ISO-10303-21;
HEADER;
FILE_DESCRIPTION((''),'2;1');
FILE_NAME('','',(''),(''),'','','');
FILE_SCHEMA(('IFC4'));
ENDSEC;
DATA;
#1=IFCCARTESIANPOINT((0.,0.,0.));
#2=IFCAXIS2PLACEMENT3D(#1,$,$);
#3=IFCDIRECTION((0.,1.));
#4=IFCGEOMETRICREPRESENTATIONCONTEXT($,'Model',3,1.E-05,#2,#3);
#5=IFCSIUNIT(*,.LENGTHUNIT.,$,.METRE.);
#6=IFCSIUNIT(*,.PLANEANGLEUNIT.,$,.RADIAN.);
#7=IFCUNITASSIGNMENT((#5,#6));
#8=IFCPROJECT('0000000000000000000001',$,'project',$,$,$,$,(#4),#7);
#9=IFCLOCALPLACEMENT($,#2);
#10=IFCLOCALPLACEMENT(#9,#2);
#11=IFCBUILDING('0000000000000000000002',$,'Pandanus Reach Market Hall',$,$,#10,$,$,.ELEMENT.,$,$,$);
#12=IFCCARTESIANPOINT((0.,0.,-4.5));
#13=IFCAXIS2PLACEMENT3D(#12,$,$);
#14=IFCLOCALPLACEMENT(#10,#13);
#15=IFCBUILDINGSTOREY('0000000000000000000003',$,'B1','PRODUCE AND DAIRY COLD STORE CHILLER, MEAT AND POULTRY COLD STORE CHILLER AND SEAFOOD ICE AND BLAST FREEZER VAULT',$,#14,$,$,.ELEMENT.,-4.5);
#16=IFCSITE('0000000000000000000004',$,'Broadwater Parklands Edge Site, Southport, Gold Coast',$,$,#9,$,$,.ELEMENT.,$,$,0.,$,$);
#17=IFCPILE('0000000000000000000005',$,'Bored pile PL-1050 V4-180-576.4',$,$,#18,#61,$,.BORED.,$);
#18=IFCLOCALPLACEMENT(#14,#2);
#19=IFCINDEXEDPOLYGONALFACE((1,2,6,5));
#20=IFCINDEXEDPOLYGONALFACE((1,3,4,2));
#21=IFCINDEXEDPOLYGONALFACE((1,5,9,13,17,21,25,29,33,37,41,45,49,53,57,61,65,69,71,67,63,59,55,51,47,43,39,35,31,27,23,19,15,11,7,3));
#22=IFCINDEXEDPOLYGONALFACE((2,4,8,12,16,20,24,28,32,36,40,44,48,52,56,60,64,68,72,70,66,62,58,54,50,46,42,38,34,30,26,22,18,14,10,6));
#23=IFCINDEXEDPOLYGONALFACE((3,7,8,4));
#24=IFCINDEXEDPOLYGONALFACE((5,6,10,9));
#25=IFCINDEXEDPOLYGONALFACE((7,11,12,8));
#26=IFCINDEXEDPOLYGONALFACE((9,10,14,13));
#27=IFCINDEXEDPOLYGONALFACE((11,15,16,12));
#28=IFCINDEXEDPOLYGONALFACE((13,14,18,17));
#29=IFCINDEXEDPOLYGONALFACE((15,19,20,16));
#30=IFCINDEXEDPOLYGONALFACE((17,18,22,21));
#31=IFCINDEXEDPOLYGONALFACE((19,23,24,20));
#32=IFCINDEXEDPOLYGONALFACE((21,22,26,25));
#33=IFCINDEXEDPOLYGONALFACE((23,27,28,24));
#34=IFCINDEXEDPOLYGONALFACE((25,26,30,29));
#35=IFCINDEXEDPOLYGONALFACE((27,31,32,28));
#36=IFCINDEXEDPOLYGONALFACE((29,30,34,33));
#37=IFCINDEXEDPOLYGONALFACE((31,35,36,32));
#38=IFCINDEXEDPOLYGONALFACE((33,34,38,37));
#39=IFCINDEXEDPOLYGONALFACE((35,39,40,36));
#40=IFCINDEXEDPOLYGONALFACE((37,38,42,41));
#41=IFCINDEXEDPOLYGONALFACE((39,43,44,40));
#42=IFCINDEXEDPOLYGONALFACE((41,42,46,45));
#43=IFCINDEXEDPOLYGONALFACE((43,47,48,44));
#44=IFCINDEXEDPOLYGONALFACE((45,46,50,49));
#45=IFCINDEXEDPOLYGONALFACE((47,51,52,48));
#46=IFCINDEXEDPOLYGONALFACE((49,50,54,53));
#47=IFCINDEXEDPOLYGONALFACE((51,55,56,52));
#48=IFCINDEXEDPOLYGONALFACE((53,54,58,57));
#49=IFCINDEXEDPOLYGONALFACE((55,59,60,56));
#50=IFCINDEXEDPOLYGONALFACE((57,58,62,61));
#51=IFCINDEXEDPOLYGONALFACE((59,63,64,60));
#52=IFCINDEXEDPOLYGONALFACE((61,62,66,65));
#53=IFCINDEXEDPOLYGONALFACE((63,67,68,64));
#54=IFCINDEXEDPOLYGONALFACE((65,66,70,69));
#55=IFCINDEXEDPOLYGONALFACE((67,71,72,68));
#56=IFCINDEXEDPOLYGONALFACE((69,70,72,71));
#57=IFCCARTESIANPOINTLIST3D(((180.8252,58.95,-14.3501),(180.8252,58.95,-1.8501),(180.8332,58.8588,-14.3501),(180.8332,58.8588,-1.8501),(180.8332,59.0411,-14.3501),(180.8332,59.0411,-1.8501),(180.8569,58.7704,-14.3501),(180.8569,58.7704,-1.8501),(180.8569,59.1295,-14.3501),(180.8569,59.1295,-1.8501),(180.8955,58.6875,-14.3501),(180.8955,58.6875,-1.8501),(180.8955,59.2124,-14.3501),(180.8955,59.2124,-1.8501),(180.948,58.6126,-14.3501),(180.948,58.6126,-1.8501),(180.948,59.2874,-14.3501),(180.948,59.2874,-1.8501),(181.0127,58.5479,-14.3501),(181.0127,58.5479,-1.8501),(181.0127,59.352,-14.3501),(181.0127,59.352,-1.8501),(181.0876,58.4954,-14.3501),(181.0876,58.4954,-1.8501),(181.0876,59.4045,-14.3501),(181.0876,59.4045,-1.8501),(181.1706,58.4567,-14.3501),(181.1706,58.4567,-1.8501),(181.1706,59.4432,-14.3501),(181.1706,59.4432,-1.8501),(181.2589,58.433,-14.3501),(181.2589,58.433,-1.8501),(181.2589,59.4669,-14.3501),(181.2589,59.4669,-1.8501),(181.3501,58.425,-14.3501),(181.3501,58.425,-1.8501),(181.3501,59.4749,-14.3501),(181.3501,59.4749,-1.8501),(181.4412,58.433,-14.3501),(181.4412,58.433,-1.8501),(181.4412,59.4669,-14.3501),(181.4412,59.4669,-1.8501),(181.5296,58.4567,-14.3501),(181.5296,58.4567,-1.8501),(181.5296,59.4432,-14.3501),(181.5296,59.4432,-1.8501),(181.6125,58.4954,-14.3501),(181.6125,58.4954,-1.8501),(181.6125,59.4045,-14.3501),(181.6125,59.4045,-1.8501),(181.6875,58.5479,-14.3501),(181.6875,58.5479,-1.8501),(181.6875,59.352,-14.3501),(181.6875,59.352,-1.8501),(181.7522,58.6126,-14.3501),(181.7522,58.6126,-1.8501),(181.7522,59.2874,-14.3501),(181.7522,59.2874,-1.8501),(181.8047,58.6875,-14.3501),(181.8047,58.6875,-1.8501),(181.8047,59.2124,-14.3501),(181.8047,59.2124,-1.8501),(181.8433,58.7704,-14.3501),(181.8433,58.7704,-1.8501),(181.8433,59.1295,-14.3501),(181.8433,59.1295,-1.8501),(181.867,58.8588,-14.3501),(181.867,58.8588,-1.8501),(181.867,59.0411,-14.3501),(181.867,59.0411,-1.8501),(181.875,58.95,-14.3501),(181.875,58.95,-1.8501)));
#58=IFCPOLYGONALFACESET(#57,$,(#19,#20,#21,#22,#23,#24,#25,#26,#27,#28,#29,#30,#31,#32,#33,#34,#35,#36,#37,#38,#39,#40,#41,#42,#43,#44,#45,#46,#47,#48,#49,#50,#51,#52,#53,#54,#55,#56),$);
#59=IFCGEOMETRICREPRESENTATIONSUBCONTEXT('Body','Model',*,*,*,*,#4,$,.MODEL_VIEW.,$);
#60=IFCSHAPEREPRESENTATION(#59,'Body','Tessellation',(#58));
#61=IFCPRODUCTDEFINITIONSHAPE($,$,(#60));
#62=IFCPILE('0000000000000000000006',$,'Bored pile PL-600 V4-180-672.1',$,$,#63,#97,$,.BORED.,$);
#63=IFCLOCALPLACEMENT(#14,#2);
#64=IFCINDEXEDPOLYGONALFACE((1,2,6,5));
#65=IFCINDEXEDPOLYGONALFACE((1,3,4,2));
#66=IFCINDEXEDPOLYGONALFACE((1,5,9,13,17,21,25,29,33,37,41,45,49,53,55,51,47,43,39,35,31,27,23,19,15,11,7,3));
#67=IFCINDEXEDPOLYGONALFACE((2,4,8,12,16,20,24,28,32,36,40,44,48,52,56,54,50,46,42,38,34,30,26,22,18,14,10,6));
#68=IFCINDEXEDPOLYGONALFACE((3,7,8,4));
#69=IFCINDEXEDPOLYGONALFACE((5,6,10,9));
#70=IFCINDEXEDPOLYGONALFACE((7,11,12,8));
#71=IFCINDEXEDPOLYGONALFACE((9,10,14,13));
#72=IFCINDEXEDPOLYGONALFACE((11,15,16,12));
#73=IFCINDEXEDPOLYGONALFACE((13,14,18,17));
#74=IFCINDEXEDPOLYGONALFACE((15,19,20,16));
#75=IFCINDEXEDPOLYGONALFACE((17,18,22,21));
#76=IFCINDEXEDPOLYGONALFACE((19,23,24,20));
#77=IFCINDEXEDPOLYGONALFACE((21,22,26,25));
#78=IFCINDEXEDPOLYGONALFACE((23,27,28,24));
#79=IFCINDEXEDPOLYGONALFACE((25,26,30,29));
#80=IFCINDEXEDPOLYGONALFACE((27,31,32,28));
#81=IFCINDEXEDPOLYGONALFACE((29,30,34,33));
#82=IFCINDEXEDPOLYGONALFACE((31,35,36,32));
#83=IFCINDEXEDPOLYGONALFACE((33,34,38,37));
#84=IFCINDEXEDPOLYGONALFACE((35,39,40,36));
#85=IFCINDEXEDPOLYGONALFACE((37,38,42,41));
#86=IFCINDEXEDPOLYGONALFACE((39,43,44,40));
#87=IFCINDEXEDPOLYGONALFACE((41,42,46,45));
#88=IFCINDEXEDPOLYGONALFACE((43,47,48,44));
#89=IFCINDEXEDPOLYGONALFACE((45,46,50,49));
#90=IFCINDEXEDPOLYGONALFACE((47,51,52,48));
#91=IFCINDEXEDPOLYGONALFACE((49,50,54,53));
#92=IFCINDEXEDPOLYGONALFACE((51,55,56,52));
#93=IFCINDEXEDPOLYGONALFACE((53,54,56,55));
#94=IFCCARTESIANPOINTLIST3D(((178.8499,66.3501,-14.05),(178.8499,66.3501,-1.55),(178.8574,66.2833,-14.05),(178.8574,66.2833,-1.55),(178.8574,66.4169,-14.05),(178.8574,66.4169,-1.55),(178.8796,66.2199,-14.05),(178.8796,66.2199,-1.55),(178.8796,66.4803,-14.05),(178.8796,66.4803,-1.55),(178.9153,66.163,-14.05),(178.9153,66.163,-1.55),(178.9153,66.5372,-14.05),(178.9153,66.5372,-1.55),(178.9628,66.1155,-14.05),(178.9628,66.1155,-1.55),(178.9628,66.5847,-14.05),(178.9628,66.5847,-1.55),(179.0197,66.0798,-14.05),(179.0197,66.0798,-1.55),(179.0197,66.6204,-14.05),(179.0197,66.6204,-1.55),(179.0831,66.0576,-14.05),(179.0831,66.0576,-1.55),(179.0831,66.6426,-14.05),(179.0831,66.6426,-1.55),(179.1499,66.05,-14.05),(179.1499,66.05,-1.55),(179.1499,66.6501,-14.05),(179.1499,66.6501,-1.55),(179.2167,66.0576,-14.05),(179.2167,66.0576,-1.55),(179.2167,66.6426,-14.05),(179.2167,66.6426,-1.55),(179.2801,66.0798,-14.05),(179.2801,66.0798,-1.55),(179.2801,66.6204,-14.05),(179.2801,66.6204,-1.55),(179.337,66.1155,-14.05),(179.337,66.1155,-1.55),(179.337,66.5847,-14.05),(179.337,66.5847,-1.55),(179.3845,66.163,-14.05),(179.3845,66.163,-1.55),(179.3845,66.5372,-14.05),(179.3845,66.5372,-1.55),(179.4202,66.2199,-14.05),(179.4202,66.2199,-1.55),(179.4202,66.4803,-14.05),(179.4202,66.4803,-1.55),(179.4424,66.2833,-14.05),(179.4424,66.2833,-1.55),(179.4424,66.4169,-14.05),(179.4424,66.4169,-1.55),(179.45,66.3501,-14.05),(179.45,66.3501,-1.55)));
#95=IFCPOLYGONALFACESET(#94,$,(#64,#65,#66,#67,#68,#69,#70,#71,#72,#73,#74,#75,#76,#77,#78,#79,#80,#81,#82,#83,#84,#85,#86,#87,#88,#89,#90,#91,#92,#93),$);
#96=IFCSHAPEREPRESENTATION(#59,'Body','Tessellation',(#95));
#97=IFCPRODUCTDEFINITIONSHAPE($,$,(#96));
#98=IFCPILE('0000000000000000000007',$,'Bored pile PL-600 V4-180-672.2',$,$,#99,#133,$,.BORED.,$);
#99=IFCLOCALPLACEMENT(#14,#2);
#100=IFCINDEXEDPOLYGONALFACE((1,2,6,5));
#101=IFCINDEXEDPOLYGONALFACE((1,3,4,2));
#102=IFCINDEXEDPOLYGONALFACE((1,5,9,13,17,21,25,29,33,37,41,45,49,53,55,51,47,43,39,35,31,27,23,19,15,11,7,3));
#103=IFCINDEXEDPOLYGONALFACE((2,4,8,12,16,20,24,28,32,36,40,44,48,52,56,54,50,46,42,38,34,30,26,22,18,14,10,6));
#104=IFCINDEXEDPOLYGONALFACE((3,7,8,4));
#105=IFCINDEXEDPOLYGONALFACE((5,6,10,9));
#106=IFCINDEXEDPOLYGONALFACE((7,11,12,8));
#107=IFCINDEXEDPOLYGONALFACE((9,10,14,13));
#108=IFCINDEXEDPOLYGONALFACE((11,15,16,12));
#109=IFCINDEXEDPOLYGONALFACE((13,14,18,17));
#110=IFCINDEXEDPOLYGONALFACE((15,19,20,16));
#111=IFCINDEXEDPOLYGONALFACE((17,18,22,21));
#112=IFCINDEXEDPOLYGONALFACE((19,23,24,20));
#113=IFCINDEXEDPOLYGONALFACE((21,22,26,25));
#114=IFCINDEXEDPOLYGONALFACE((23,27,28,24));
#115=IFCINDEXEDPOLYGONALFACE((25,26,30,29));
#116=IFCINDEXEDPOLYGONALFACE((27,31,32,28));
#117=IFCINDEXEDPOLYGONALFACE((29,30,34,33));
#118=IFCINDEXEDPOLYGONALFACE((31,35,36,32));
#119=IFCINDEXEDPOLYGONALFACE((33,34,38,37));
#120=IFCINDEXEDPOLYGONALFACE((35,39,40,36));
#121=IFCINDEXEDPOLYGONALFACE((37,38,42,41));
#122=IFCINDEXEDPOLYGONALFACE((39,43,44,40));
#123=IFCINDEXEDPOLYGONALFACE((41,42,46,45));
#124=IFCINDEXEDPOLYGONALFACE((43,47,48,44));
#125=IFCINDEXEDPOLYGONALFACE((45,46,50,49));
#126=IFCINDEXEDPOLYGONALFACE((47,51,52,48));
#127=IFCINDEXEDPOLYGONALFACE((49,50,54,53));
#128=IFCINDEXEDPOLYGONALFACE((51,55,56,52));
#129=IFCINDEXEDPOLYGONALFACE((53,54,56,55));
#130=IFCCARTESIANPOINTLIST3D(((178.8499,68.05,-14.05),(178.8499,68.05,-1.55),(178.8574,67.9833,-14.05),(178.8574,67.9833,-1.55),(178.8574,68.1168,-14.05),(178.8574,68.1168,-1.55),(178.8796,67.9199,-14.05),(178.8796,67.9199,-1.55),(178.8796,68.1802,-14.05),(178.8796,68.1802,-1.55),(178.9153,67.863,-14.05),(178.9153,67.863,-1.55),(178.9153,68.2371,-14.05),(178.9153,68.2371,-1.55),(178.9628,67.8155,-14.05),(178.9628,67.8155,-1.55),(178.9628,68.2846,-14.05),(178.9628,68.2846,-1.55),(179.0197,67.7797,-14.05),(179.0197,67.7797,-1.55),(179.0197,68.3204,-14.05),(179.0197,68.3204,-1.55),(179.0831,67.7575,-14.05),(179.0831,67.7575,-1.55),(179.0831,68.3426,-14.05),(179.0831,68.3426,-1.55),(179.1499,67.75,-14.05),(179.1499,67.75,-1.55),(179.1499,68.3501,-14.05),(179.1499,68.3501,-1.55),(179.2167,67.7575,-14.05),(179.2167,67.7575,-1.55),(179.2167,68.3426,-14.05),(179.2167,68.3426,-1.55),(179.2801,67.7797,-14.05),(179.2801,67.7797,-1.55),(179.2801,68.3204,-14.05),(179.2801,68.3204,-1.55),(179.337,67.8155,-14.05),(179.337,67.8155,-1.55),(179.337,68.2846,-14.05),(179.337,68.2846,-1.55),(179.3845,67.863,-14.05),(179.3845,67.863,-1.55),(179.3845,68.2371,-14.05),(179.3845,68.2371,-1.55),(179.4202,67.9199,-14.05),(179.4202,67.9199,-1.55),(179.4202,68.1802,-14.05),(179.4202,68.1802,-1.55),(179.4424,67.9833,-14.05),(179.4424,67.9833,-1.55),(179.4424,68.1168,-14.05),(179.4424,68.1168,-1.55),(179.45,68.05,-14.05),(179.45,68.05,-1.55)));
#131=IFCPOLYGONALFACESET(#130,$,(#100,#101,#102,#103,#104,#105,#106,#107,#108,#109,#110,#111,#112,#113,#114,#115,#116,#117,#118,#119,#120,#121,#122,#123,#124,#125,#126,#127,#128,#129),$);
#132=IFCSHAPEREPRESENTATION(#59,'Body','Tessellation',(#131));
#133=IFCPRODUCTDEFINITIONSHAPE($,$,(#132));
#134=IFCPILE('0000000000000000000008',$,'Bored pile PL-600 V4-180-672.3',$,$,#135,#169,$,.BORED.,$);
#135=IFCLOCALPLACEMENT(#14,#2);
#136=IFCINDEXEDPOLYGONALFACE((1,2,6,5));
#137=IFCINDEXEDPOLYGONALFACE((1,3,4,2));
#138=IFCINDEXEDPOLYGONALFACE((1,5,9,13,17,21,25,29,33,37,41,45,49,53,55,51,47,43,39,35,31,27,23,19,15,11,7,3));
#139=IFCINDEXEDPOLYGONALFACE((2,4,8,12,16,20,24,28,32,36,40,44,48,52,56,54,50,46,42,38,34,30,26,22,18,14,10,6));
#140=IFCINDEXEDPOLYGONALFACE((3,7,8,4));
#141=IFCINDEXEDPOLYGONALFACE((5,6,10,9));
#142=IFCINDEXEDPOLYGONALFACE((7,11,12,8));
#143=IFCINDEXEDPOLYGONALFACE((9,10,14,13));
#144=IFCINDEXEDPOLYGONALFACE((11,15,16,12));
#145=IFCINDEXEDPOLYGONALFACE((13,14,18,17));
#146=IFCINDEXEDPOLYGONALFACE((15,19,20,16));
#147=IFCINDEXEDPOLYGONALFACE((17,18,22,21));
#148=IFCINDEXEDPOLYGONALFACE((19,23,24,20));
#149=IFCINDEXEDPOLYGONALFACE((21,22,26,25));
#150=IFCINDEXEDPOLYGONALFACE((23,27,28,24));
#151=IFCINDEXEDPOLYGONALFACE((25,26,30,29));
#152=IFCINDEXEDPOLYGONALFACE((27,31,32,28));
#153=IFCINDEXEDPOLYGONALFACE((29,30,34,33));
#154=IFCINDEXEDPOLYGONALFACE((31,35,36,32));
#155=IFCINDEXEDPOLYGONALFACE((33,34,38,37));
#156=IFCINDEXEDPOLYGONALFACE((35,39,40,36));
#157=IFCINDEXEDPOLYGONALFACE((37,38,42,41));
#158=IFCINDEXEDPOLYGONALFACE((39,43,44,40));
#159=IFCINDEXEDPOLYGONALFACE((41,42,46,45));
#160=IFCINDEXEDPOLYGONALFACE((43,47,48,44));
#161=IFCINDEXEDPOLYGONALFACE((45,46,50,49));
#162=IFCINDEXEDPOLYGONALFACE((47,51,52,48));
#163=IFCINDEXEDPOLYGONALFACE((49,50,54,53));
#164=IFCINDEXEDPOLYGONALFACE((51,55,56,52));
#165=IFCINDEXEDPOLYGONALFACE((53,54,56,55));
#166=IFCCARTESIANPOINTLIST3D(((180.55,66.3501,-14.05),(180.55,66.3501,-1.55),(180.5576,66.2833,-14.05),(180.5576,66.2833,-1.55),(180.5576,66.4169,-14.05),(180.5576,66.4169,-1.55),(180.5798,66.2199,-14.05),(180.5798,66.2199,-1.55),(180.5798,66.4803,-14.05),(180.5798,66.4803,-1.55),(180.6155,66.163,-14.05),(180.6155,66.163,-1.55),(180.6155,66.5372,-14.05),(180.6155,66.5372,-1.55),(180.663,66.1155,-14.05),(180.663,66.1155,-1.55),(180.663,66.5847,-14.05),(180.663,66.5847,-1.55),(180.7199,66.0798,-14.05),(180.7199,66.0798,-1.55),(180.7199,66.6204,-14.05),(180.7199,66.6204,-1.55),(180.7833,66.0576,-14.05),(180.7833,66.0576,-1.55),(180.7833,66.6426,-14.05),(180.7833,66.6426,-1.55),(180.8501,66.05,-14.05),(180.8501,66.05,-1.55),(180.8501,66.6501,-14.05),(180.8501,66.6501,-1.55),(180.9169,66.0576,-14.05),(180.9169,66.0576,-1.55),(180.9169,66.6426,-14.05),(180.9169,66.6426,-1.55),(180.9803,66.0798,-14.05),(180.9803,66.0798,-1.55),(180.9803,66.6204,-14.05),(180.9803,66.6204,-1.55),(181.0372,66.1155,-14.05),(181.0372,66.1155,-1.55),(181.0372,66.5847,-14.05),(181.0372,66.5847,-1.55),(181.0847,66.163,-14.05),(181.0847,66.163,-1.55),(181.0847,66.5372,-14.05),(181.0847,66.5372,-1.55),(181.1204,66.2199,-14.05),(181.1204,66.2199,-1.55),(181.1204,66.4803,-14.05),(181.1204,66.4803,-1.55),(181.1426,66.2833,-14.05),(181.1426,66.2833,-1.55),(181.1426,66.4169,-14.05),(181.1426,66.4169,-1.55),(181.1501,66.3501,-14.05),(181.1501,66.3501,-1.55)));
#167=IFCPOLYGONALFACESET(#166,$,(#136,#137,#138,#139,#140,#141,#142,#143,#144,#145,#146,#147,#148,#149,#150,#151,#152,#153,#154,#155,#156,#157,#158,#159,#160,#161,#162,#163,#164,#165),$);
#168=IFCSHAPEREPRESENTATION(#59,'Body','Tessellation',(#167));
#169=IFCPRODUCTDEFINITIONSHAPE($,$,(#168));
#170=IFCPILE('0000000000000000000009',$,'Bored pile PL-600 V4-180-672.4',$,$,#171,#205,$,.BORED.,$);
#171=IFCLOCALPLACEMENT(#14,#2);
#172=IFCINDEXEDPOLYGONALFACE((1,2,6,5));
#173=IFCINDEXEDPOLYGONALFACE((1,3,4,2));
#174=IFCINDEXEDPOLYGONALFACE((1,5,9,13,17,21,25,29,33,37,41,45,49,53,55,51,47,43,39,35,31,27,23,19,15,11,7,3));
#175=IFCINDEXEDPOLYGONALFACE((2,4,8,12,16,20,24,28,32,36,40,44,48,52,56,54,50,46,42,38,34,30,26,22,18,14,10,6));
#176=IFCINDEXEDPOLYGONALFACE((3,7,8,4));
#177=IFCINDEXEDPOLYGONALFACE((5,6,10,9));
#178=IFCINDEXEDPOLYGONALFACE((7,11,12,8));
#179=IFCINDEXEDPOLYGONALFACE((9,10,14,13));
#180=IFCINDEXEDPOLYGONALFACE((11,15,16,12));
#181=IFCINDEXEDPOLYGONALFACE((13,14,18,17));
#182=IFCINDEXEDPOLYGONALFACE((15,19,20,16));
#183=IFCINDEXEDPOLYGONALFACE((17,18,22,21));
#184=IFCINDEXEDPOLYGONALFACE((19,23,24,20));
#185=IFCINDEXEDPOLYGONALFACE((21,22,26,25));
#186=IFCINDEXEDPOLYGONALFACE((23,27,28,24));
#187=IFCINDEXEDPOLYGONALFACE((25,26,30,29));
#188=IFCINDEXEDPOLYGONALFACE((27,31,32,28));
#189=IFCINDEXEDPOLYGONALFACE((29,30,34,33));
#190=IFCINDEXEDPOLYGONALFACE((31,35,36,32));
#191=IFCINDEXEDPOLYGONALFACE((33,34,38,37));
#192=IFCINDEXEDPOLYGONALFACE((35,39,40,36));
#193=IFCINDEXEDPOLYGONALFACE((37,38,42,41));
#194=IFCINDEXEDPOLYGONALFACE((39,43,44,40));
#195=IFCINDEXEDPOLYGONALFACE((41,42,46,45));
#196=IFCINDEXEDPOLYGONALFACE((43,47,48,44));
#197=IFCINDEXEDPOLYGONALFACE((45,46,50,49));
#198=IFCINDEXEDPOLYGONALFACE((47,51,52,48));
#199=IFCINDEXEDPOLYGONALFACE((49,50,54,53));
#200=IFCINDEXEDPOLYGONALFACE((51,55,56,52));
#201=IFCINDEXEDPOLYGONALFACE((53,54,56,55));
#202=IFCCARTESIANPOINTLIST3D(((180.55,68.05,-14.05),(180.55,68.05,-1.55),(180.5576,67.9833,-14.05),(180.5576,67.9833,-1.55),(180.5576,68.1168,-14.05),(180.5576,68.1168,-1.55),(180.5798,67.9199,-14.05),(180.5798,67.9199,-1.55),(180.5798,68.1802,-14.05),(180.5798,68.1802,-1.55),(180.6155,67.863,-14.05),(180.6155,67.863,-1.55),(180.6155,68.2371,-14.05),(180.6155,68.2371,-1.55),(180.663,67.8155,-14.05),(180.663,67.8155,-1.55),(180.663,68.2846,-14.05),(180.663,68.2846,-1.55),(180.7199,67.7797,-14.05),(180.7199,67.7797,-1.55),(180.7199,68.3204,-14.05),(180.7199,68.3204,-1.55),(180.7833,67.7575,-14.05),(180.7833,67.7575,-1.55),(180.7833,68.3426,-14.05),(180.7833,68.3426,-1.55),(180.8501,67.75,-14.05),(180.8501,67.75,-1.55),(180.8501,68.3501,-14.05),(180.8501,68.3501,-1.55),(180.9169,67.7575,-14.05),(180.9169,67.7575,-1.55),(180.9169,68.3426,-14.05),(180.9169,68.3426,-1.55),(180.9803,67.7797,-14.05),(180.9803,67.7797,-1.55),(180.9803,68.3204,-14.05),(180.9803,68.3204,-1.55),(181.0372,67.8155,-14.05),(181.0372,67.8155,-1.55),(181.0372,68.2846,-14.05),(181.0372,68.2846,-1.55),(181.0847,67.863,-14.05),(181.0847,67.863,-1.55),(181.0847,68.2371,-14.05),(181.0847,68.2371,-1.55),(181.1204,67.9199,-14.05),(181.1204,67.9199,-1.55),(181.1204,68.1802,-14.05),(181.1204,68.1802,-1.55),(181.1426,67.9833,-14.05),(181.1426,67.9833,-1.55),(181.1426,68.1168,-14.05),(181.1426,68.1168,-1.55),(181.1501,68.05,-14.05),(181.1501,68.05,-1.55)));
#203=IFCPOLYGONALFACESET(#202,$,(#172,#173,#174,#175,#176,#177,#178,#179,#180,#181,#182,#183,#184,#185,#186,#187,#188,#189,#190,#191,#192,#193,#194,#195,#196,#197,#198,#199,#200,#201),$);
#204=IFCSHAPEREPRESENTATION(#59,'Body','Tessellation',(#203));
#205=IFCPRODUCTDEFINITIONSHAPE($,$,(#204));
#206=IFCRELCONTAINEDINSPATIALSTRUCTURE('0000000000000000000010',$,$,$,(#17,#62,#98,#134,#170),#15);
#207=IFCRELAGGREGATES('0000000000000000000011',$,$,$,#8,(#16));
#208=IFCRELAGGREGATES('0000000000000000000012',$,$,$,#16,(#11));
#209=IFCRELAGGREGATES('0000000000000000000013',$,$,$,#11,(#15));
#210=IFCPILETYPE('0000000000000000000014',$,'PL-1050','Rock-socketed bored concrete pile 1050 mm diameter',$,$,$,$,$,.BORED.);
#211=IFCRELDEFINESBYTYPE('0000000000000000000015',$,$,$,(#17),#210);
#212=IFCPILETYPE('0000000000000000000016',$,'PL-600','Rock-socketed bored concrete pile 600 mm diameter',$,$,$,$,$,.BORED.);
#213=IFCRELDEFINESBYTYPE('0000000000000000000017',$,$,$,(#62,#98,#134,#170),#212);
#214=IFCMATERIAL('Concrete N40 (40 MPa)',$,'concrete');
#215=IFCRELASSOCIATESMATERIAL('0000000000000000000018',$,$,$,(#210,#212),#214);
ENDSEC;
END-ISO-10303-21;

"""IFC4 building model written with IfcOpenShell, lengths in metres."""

from ifc_helpers import new_model, si_unit, direction, frame, origin, origin_2d, place, context, subcontext, project, spatial, circle, extrude, material, material_profile, profile_set, type_object, element, save


model = new_model("IFC4")

# Units and contexts
model_context = context("Model", 3, precision=1e-05, world=origin(), true_north=direction((0.0, 1.0)))
body_context = subcontext(model_context, "Body", "Model", "MODEL_VIEW")
ifc_project = project(units=[si_unit("LENGTHUNIT", "METRE"), si_unit("PLANEANGLEUNIT", "RADIAN")], contexts=[model_context])

# Site, building, storey
site_placement = place(None, origin())
site = spatial("IfcSite", under=ifc_project, at=site_placement, Name="Broadwater Parklands Edge Site, Southport, Gold Coast", CompositionType="ELEMENT", RefElevation=0.0)
building_placement = place(site_placement, origin())
building = spatial("IfcBuilding", under=site, at=building_placement, Name="Pandanus Reach Market Hall", CompositionType="ELEMENT")
storey_placement = place(building_placement, frame((0.0, 0.0, -4.5)))
storey = spatial("IfcBuildingStorey", under=building, at=storey_placement, Name="B1", Description="PRODUCE AND DAIRY COLD STORE CHILLER, MEAT AND POULTRY COLD STORE CHILLER AND SEAFOOD ICE AND BLAST FREEZER VAULT", CompositionType="ELEMENT", Elevation=-4.5)

# Shared definitions
ifc_material_1 = material(Name="Concrete N40 (40 MPa)", Category="concrete")

# Piles
ifc_material_profile_1 = material_profile(ifc_material_1, circle(Radius=0.5249, at=origin_2d()), Name="PILE-1050D", Category="LoadBearing")
ifc_profile_set_1 = profile_set([ifc_material_profile_1], Name="Concrete N40 (40 MPa)")
pile_type_1 = type_object("IfcPileType", Name="PL-1050", Description="Rock-socketed bored concrete pile 1050 mm diameter", PredefinedType="BORED", material=ifc_profile_set_1)
for number, where, z_axis, x_axis, name in (
    (1, (181.3501, 58.95, -1.8501), (0.0, 0.0, -1.0), (1.0, 0.0, 0.0), "Bored pile PL-1050 V4-180-576.4"),
):
    element("IfcPile", number, at=place(storey_placement, frame(where, z_axis=z_axis, x_axis=x_axis)), inside=storey, type_object=pile_type_1, Name=name, PredefinedType="BORED", context=body_context, shape_type="SweptSolid", body=[
        extrude(circle(Radius=0.5249, at=origin_2d()), origin(), (0.0, 0.0, 1.0), 12.5),
    ])
ifc_material_profile_2 = material_profile(ifc_material_1, circle(Radius=0.3, at=origin_2d()), Name="PILE-600D", Category="LoadBearing")
ifc_profile_set_2 = profile_set([ifc_material_profile_2], Name="Concrete N40 (40 MPa)")
pile_type_2 = type_object("IfcPileType", Name="PL-600", Description="Rock-socketed bored concrete pile 600 mm diameter", PredefinedType="BORED", material=ifc_profile_set_2)
for number, where, z_axis, x_axis, name in (
    (2, (179.1499, 66.3501, -1.55), (0.0, 0.0, -1.0), (1.0, 0.0, 0.0), "Bored pile PL-600 V4-180-672.1"),
    (3, (179.1499, 68.05, -1.55), (0.0, 0.0, -1.0), (1.0, 0.0, 0.0), "Bored pile PL-600 V4-180-672.2"),
    (4, (180.8501, 66.3501, -1.55), (0.0, 0.0, -1.0), (1.0, 0.0, 0.0), "Bored pile PL-600 V4-180-672.3"),
    (5, (180.8501, 68.05, -1.55), (0.0, 0.0, -1.0), (1.0, 0.0, 0.0), "Bored pile PL-600 V4-180-672.4"),
):
    element("IfcPile", number, at=place(storey_placement, frame(where, z_axis=z_axis, x_axis=x_axis)), inside=storey, type_object=pile_type_2, Name=name, PredefinedType="BORED", context=body_context, shape_type="SweptSolid", body=[
        extrude(circle(Radius=0.3, at=origin_2d()), origin(), (0.0, 0.0, 1.0), 12.5),
    ])

save(model, "model.ifc")
